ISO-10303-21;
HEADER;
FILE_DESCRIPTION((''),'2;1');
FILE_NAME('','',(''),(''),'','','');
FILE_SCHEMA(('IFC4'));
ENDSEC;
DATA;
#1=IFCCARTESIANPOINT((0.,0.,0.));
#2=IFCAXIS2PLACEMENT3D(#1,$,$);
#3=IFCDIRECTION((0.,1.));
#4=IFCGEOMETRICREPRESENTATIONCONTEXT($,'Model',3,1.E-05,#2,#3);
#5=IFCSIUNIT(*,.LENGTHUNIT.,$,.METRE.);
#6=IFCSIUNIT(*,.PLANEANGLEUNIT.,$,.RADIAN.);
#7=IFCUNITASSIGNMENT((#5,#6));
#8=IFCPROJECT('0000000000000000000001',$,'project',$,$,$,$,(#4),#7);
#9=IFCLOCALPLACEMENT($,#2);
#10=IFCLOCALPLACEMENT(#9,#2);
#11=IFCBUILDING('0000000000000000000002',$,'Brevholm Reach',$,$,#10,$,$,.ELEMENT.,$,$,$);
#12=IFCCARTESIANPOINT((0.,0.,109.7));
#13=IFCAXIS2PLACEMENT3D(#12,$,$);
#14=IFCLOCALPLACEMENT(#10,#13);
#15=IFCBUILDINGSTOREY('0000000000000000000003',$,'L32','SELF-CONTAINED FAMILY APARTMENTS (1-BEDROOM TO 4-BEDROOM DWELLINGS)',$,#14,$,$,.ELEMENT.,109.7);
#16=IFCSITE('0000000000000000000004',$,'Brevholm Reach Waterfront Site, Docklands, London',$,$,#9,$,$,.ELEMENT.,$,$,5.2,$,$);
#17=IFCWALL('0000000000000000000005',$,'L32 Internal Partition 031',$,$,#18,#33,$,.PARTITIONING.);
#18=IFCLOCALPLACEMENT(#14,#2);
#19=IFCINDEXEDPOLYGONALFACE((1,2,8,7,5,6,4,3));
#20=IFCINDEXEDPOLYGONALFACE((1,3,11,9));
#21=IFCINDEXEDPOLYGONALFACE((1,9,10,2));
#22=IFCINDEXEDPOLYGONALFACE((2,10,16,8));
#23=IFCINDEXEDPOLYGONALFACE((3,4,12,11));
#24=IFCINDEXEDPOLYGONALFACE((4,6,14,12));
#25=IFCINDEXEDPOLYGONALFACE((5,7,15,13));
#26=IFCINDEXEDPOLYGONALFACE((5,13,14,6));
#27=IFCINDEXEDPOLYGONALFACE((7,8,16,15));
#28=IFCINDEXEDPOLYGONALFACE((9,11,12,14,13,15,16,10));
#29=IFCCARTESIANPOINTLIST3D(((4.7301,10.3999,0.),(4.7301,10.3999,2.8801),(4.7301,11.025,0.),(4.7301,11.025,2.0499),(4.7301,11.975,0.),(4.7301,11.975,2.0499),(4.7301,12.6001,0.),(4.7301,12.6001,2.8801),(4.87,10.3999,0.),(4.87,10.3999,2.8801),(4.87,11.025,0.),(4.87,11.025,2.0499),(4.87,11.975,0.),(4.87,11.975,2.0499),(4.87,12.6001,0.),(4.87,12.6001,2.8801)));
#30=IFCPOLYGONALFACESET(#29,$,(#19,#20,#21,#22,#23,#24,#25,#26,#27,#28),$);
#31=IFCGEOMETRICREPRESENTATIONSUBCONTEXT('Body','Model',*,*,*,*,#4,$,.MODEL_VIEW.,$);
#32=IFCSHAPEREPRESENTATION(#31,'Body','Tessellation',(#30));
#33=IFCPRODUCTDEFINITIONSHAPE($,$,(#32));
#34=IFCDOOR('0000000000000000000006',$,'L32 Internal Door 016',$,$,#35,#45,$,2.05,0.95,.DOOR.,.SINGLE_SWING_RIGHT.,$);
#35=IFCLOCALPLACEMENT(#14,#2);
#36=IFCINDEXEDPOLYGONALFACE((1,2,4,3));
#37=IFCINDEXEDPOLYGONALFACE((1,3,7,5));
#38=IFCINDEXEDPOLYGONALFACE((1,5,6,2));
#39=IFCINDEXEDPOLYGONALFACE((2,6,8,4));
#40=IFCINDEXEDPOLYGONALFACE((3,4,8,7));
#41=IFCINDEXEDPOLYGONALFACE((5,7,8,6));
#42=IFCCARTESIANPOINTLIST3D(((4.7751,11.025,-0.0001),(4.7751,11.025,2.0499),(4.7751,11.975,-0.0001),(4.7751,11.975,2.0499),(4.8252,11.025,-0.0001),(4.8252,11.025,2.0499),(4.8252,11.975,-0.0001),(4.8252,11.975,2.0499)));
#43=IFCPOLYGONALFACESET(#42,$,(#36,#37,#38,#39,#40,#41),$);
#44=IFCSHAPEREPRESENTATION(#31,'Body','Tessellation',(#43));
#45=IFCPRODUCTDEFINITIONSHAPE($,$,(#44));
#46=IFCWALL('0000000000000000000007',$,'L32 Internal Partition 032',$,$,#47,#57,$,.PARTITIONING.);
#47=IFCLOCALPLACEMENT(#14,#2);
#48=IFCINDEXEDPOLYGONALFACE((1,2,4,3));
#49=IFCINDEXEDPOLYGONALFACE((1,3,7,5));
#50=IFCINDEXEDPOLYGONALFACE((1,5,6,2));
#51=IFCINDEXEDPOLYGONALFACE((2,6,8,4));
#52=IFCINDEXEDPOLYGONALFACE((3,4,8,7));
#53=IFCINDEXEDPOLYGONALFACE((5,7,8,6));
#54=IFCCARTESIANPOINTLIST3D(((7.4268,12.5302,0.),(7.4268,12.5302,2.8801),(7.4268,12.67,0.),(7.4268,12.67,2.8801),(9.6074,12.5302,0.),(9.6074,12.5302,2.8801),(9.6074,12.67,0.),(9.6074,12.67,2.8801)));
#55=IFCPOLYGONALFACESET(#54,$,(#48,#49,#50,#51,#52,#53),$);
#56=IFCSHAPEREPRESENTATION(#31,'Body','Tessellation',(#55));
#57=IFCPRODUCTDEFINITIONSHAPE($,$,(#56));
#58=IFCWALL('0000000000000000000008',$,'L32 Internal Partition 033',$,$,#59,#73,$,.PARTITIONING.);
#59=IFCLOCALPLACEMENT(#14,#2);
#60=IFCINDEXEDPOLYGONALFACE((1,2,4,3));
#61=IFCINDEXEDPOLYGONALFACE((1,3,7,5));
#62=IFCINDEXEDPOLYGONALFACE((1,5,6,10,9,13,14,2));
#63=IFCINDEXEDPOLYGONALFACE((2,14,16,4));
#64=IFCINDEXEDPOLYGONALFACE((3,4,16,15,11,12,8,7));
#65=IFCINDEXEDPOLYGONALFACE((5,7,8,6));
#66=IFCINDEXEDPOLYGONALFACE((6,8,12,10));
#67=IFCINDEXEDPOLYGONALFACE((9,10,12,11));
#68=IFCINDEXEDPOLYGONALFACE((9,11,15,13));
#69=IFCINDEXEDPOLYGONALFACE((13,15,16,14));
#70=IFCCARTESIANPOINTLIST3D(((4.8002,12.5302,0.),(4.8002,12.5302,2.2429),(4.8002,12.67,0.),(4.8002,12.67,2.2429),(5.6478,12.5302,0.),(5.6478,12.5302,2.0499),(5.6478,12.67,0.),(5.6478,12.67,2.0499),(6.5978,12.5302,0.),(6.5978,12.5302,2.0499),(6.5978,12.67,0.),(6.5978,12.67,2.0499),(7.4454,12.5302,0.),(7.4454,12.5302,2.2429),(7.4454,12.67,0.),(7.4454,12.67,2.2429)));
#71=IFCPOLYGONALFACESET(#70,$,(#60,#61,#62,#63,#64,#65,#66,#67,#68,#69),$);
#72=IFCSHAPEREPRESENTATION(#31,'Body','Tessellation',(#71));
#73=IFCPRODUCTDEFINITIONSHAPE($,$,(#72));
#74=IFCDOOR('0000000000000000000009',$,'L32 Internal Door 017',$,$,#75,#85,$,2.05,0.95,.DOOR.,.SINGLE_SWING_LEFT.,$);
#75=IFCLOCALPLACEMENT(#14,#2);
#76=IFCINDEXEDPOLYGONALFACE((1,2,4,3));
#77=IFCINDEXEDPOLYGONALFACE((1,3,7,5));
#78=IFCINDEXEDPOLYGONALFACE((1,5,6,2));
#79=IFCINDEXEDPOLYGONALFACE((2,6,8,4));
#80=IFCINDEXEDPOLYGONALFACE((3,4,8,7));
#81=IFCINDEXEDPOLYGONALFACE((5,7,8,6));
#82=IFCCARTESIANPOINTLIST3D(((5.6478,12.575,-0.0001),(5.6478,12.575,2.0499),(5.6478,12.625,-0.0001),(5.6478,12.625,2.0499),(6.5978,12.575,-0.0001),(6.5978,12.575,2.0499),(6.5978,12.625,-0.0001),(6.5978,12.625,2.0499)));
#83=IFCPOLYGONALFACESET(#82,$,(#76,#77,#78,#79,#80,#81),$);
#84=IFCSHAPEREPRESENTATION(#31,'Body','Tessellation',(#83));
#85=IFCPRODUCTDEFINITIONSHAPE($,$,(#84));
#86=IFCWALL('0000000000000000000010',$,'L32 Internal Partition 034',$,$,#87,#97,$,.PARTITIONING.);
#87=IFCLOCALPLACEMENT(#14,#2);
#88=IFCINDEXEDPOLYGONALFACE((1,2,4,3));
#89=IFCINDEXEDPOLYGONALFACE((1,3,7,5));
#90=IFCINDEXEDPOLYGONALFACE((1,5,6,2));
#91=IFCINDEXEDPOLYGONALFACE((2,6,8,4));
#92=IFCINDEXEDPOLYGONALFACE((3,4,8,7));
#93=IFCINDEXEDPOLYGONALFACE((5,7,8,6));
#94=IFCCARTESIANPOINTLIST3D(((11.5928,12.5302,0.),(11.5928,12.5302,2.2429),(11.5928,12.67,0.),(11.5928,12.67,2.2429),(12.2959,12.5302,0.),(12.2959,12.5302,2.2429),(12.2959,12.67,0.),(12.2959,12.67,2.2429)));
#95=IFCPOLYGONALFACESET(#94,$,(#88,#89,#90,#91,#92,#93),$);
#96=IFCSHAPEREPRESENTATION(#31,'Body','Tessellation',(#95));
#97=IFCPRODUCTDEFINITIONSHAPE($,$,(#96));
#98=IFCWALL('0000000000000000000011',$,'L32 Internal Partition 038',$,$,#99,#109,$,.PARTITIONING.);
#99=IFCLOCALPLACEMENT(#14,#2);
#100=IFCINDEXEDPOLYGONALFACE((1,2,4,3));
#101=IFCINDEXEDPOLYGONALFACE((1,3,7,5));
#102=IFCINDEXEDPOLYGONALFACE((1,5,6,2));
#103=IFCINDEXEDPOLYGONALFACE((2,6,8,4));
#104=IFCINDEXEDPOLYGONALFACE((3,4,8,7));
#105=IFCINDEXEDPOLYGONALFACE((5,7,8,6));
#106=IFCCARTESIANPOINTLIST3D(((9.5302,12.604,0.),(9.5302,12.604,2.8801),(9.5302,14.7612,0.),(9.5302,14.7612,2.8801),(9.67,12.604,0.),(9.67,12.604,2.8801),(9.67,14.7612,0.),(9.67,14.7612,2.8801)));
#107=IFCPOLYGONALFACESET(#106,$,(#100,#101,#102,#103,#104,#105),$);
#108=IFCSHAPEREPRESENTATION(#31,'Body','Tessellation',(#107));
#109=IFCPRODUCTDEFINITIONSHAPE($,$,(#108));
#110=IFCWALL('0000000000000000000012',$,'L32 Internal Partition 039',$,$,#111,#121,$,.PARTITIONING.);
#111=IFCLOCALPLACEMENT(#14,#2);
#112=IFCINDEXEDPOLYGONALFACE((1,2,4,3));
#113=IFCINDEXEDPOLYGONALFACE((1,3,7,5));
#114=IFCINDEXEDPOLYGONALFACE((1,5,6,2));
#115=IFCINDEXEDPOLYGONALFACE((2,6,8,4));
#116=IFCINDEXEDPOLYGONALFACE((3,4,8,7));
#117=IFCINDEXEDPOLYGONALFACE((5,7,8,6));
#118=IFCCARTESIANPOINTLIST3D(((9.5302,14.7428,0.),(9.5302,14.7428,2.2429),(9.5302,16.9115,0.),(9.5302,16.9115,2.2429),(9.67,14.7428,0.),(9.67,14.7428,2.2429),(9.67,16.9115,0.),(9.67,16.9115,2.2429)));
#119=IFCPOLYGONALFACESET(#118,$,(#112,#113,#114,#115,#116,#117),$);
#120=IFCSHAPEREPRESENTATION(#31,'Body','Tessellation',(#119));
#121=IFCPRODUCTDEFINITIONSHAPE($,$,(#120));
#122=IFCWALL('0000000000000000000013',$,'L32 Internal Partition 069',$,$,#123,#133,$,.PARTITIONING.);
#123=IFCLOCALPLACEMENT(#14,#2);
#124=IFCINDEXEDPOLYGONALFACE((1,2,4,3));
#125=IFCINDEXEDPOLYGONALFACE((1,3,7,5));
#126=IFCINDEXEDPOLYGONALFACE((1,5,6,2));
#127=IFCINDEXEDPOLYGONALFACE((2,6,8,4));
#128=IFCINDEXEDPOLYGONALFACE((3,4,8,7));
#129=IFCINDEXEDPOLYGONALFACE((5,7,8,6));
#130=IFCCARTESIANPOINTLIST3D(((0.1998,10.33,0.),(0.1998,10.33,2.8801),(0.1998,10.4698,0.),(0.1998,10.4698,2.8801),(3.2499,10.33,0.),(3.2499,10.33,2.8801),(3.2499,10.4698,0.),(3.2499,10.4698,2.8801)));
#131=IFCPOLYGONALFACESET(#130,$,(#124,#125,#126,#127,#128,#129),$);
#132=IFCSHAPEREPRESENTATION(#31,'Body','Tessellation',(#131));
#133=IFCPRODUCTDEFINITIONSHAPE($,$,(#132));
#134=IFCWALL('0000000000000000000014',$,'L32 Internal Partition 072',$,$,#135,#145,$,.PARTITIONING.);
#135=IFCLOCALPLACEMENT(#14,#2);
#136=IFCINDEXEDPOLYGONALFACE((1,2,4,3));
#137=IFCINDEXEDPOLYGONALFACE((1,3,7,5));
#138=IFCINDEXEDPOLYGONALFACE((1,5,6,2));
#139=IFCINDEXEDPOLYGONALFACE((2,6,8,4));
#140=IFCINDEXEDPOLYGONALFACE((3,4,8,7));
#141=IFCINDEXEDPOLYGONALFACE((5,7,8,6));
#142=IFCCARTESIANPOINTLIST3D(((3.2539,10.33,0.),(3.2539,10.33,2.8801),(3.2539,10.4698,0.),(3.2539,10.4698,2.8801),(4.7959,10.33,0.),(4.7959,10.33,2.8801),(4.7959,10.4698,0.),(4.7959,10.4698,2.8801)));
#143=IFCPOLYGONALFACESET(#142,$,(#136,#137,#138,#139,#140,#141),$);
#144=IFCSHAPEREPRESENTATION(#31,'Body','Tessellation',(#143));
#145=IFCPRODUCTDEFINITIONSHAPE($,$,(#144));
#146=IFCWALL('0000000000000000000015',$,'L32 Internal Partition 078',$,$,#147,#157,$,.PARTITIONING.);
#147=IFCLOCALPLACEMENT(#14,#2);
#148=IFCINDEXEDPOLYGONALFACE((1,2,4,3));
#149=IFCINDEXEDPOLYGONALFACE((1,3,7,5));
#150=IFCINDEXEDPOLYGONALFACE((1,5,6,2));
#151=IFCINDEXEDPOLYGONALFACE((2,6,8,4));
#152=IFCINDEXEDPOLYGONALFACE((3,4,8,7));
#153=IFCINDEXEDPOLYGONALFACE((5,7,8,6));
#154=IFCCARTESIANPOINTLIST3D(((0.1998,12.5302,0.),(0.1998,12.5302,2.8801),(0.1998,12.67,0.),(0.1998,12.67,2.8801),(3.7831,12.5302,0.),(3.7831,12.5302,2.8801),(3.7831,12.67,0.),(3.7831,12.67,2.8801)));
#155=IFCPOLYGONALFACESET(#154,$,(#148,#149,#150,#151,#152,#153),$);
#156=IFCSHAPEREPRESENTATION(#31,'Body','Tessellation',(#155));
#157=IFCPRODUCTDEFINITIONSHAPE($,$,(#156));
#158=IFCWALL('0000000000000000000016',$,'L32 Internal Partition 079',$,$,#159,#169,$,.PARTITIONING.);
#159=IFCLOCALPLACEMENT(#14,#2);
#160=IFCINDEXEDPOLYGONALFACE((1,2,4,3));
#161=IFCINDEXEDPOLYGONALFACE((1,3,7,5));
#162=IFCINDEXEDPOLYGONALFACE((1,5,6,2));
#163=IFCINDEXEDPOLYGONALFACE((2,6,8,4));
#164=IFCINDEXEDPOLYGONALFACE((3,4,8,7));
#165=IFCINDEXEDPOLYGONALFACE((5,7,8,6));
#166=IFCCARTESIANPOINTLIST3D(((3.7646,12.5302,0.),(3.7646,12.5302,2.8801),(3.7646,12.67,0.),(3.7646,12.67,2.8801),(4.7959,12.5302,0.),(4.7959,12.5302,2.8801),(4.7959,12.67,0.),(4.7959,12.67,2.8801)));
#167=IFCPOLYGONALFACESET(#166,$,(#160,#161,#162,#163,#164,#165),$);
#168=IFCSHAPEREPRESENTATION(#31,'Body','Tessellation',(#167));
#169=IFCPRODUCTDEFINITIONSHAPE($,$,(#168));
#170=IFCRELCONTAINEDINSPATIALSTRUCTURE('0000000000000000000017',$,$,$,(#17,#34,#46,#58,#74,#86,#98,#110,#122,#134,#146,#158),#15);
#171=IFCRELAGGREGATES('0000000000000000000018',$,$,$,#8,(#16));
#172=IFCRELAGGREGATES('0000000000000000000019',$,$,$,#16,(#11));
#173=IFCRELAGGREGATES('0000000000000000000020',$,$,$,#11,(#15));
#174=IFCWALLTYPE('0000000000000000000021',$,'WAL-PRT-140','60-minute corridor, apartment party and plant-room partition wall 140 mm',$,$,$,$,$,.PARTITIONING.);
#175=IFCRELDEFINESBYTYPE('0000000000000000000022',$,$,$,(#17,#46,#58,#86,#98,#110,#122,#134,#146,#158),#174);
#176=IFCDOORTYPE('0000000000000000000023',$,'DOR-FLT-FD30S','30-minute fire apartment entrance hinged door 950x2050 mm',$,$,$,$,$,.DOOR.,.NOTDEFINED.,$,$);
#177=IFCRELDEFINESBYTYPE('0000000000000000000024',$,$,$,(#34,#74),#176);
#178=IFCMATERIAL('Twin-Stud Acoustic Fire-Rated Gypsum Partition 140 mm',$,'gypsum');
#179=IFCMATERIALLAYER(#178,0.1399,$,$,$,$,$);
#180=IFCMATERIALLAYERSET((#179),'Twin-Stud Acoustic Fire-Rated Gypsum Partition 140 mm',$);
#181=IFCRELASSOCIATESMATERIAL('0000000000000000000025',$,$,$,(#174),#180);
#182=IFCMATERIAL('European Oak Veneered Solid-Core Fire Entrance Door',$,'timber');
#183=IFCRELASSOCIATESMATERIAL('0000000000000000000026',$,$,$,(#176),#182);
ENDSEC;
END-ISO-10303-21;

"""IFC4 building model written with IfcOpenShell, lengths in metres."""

from ifc_helpers import new_model, si_unit, direction, frame, frame_2d, origin, place, context, subcontext, project, spatial, rectangle, extrude, material, layer, layer_set, type_object, element, fill, save


model = new_model("IFC4")

# Units and contexts
model_context = context("Model", 3, precision=1e-05, world=origin(), true_north=direction((0.0, 1.0)))
body_context = subcontext(model_context, "Body", "Model", "MODEL_VIEW")
ifc_project = project(units=[si_unit("LENGTHUNIT", "METRE"), si_unit("PLANEANGLEUNIT", "RADIAN")], contexts=[model_context])

# Site, building, storey
site_placement = place(None, origin())
site = spatial("IfcSite", under=ifc_project, at=site_placement, Name="Brevholm Reach Waterfront Site, Docklands, London", CompositionType="ELEMENT", RefElevation=5.2)
building_placement = place(site_placement, origin())
building = spatial("IfcBuilding", under=site, at=building_placement, Name="Brevholm Reach", CompositionType="ELEMENT")
storey_placement = place(building_placement, frame((0.0, 0.0, 109.7)))
storey = spatial("IfcBuildingStorey", under=building, at=storey_placement, Name="L32", Description="SELF-CONTAINED FAMILY APARTMENTS (1-BEDROOM TO 4-BEDROOM DWELLINGS)", CompositionType="ELEMENT", Elevation=109.7)

# Shared definitions
ifc_material_1 = material(Name="Twin-Stud Acoustic Fire-Rated Gypsum Partition 140 mm", Category="gypsum")
ifc_layer_1 = layer(ifc_material_1, 0.1399)
ifc_layer_set_1 = layer_set([ifc_layer_1], Name="Twin-Stud Acoustic Fire-Rated Gypsum Partition 140 mm")
wall_type_1 = type_object("IfcWallType", Name="WAL-PRT-140", Description="60-minute corridor, apartment party and plant-room partition wall 140 mm", PredefinedType="PARTITIONING", material=ifc_layer_set_1)

# Wall, opening, door
ifc_material_2 = material(Name="European Oak Veneered Solid-Core Fire Entrance Door", Category="timber")
door_type_1 = type_object("IfcDoorType", Name="DOR-FLT-FD30S", Description="30-minute fire apartment entrance hinged door 950x2050 mm", OperationType="NOTDEFINED", PredefinedType="DOOR", material=ifc_material_2)
wall_1_placement = place(storey_placement, frame((4.8, 10.3999, 0.0), z_axis=(0.0, 0.0, 1.0), x_axis=(0.0, 1.0, 0.0)))
wall_1 = element("IfcWall", 1, at=wall_1_placement, inside=storey, type_object=wall_type_1, Name="L32 Internal Partition 031", PredefinedType="PARTITIONING", context=body_context, shape_type="SweptSolid", body=[
    extrude(rectangle(XDim=2.2002, YDim=0.1399, at=frame_2d((1.1001, 0.0))), origin(), (0.0, 0.0, 1.0), 2.8801),
])
opening_1_placement = place(wall_1_placement, frame((0.625, 0.0, 0.0)))
opening_1 = element("IfcOpeningElement", 2, at=opening_1_placement, cuts=wall_1, PredefinedType="OPENING", context=body_context, shape_type="SweptSolid", body=[
    extrude(rectangle(XDim=0.95, YDim=2.05, at=frame_2d((0.4751, 1.0249))), frame((0.0, 0.0798, 0.0), z_axis=(0.0, -1.0, 0.0), x_axis=(1.0, 0.0, 0.0)), (0.0, 0.0, 1.0), 0.1599),
])
door_1_placement = place(opening_1_placement, origin())
door_1 = element("IfcDoor", 3, at=door_1_placement, inside=storey, type_object=door_type_1, Name="L32 Internal Door 016", OperationType="SINGLE_SWING_RIGHT", OverallHeight=2.05, OverallWidth=0.95, PredefinedType="DOOR", context=body_context, shape_type="SweptSolid", body=[
    extrude(rectangle(XDim=0.95, YDim=2.05, at=frame_2d((0.4751, 1.0249))), frame((0.0, 0.0249, 0.0), z_axis=(0.0, -1.0, 0.0), x_axis=(1.0, 0.0, 0.0)), (0.0, 0.0, 1.0), 0.05),
])
fill(opening_1, door_1)

# Wall
wall_2_placement = place(storey_placement, frame((7.4268, 12.6001, 0.0), z_axis=(0.0, 0.0, 1.0), x_axis=(1.0, 0.0, 0.0)))
element("IfcWall", 4, at=wall_2_placement, inside=storey, type_object=wall_type_1, Name="L32 Internal Partition 032", PredefinedType="PARTITIONING", context=body_context, shape_type="SweptSolid", body=[
    extrude(rectangle(XDim=2.1807, YDim=0.1399, at=frame_2d((1.0903, 0.0))), origin(), (0.0, 0.0, 1.0), 2.8801),
])

# Wall, opening, door
wall_3_placement = place(storey_placement, frame((4.8, 12.6001, 0.0), z_axis=(0.0, 0.0, 1.0), x_axis=(1.0, 0.0, 0.0)))
wall_3 = element("IfcWall", 5, at=wall_3_placement, inside=storey, type_object=wall_type_1, Name="L32 Internal Partition 033", PredefinedType="PARTITIONING", context=body_context, shape_type="SweptSolid", body=[
    extrude(rectangle(XDim=2.6453, YDim=0.1399, at=frame_2d((1.3228, 0.0))), origin(), (0.0, 0.0, 1.0), 2.2429),
])
opening_2_placement = place(wall_3_placement, frame((0.8477, 0.0, 0.0)))
opening_2 = element("IfcOpeningElement", 6, at=opening_2_placement, cuts=wall_3, PredefinedType="OPENING", context=body_context, shape_type="SweptSolid", body=[
    extrude(rectangle(XDim=0.95, YDim=2.05, at=frame_2d((0.4751, 1.0249))), frame((0.0, 0.0798, 0.0), z_axis=(0.0, -1.0, 0.0), x_axis=(1.0, 0.0, 0.0)), (0.0, 0.0, 1.0), 0.1599),
])
door_2_placement = place(opening_2_placement, origin())
door_2 = element("IfcDoor", 7, at=door_2_placement, inside=storey, type_object=door_type_1, Name="L32 Internal Door 017", OperationType="SINGLE_SWING_LEFT", OverallHeight=2.05, OverallWidth=0.95, PredefinedType="DOOR", context=body_context, shape_type="SweptSolid", body=[
    extrude(rectangle(XDim=0.95, YDim=2.05, at=frame_2d((0.4751, 1.0249))), frame((0.0, 0.0249, 0.0), z_axis=(0.0, -1.0, 0.0), x_axis=(1.0, 0.0, 0.0)), (0.0, 0.0, 1.0), 0.05),
])
fill(opening_2, door_2)

# Walls
wall_4_placement = place(storey_placement, frame((11.5928, 12.6001, 0.0), z_axis=(0.0, 0.0, 1.0), x_axis=(1.0, 0.0, 0.0)))
element("IfcWall", 8, at=wall_4_placement, inside=storey, type_object=wall_type_1, Name="L32 Internal Partition 034", PredefinedType="PARTITIONING", context=body_context, shape_type="SweptSolid", body=[
    extrude(rectangle(XDim=0.7031, YDim=0.1399, at=frame_2d((0.3516, 0.0))), origin(), (0.0, 0.0, 1.0), 2.2429),
])
wall_5_placement = place(storey_placement, frame((9.6001, 12.604, 0.0), z_axis=(0.0, 0.0, 1.0), x_axis=(0.0, 1.0, 0.0)))
element("IfcWall", 9, at=wall_5_placement, inside=storey, type_object=wall_type_1, Name="L32 Internal Partition 038", PredefinedType="PARTITIONING", context=body_context, shape_type="SweptSolid", body=[
    extrude(rectangle(XDim=2.1572, YDim=0.1399, at=frame_2d((1.0786, 0.0))), origin(), (0.0, 0.0, 1.0), 2.8801),
])
wall_6_placement = place(storey_placement, frame((9.6001, 14.7427, 0.0), z_axis=(0.0, 0.0, 1.0), x_axis=(0.0, 1.0, 0.0)))
element("IfcWall", 10, at=wall_6_placement, inside=storey, type_object=wall_type_1, Name="L32 Internal Partition 039", PredefinedType="PARTITIONING", context=body_context, shape_type="SweptSolid", body=[
    extrude(rectangle(XDim=2.1687, YDim=0.1399, at=frame_2d((1.0845, 0.0))), origin(), (0.0, 0.0, 1.0), 2.2429),
])
wall_7_placement = place(storey_placement, frame((0.2, 10.3999, 0.0), z_axis=(0.0, 0.0, 1.0), x_axis=(1.0, 0.0, 0.0)))
element("IfcWall", 11, at=wall_7_placement, inside=storey, type_object=wall_type_1, Name="L32 Internal Partition 069", PredefinedType="PARTITIONING", context=body_context, shape_type="SweptSolid", body=[
    extrude(rectangle(XDim=3.05, YDim=0.1399, at=frame_2d((1.5249, 0.0))), origin(), (0.0, 0.0, 1.0), 2.8801),
])
wall_8_placement = place(storey_placement, frame((3.2539, 10.3999, 0.0), z_axis=(0.0, 0.0, 1.0), x_axis=(1.0, 0.0, 0.0)))
element("IfcWall", 12, at=wall_8_placement, inside=storey, type_object=wall_type_1, Name="L32 Internal Partition 072", PredefinedType="PARTITIONING", context=body_context, shape_type="SweptSolid", body=[
    extrude(rectangle(XDim=1.542, YDim=0.1399, at=frame_2d((0.771, 0.0))), origin(), (0.0, 0.0, 1.0), 2.8801),
])
wall_9_placement = place(storey_placement, frame((0.2, 12.6001, 0.0), z_axis=(0.0, 0.0, 1.0), x_axis=(1.0, 0.0, 0.0)))
element("IfcWall", 13, at=wall_9_placement, inside=storey, type_object=wall_type_1, Name="L32 Internal Partition 078", PredefinedType="PARTITIONING", context=body_context, shape_type="SweptSolid", body=[
    extrude(rectangle(XDim=3.5833, YDim=0.1399, at=frame_2d((1.7915, 0.0))), origin(), (0.0, 0.0, 1.0), 2.8801),
])
wall_10_placement = place(storey_placement, frame((3.7646, 12.6001, 0.0), z_axis=(0.0, 0.0, 1.0), x_axis=(1.0, 0.0, 0.0)))
element("IfcWall", 14, at=wall_10_placement, inside=storey, type_object=wall_type_1, Name="L32 Internal Partition 079", PredefinedType="PARTITIONING", context=body_context, shape_type="SweptSolid", body=[
    extrude(rectangle(XDim=1.0312, YDim=0.1399, at=frame_2d((0.5156, 0.0))), origin(), (0.0, 0.0, 1.0), 2.8801),
])

save(model, "model.ifc")
